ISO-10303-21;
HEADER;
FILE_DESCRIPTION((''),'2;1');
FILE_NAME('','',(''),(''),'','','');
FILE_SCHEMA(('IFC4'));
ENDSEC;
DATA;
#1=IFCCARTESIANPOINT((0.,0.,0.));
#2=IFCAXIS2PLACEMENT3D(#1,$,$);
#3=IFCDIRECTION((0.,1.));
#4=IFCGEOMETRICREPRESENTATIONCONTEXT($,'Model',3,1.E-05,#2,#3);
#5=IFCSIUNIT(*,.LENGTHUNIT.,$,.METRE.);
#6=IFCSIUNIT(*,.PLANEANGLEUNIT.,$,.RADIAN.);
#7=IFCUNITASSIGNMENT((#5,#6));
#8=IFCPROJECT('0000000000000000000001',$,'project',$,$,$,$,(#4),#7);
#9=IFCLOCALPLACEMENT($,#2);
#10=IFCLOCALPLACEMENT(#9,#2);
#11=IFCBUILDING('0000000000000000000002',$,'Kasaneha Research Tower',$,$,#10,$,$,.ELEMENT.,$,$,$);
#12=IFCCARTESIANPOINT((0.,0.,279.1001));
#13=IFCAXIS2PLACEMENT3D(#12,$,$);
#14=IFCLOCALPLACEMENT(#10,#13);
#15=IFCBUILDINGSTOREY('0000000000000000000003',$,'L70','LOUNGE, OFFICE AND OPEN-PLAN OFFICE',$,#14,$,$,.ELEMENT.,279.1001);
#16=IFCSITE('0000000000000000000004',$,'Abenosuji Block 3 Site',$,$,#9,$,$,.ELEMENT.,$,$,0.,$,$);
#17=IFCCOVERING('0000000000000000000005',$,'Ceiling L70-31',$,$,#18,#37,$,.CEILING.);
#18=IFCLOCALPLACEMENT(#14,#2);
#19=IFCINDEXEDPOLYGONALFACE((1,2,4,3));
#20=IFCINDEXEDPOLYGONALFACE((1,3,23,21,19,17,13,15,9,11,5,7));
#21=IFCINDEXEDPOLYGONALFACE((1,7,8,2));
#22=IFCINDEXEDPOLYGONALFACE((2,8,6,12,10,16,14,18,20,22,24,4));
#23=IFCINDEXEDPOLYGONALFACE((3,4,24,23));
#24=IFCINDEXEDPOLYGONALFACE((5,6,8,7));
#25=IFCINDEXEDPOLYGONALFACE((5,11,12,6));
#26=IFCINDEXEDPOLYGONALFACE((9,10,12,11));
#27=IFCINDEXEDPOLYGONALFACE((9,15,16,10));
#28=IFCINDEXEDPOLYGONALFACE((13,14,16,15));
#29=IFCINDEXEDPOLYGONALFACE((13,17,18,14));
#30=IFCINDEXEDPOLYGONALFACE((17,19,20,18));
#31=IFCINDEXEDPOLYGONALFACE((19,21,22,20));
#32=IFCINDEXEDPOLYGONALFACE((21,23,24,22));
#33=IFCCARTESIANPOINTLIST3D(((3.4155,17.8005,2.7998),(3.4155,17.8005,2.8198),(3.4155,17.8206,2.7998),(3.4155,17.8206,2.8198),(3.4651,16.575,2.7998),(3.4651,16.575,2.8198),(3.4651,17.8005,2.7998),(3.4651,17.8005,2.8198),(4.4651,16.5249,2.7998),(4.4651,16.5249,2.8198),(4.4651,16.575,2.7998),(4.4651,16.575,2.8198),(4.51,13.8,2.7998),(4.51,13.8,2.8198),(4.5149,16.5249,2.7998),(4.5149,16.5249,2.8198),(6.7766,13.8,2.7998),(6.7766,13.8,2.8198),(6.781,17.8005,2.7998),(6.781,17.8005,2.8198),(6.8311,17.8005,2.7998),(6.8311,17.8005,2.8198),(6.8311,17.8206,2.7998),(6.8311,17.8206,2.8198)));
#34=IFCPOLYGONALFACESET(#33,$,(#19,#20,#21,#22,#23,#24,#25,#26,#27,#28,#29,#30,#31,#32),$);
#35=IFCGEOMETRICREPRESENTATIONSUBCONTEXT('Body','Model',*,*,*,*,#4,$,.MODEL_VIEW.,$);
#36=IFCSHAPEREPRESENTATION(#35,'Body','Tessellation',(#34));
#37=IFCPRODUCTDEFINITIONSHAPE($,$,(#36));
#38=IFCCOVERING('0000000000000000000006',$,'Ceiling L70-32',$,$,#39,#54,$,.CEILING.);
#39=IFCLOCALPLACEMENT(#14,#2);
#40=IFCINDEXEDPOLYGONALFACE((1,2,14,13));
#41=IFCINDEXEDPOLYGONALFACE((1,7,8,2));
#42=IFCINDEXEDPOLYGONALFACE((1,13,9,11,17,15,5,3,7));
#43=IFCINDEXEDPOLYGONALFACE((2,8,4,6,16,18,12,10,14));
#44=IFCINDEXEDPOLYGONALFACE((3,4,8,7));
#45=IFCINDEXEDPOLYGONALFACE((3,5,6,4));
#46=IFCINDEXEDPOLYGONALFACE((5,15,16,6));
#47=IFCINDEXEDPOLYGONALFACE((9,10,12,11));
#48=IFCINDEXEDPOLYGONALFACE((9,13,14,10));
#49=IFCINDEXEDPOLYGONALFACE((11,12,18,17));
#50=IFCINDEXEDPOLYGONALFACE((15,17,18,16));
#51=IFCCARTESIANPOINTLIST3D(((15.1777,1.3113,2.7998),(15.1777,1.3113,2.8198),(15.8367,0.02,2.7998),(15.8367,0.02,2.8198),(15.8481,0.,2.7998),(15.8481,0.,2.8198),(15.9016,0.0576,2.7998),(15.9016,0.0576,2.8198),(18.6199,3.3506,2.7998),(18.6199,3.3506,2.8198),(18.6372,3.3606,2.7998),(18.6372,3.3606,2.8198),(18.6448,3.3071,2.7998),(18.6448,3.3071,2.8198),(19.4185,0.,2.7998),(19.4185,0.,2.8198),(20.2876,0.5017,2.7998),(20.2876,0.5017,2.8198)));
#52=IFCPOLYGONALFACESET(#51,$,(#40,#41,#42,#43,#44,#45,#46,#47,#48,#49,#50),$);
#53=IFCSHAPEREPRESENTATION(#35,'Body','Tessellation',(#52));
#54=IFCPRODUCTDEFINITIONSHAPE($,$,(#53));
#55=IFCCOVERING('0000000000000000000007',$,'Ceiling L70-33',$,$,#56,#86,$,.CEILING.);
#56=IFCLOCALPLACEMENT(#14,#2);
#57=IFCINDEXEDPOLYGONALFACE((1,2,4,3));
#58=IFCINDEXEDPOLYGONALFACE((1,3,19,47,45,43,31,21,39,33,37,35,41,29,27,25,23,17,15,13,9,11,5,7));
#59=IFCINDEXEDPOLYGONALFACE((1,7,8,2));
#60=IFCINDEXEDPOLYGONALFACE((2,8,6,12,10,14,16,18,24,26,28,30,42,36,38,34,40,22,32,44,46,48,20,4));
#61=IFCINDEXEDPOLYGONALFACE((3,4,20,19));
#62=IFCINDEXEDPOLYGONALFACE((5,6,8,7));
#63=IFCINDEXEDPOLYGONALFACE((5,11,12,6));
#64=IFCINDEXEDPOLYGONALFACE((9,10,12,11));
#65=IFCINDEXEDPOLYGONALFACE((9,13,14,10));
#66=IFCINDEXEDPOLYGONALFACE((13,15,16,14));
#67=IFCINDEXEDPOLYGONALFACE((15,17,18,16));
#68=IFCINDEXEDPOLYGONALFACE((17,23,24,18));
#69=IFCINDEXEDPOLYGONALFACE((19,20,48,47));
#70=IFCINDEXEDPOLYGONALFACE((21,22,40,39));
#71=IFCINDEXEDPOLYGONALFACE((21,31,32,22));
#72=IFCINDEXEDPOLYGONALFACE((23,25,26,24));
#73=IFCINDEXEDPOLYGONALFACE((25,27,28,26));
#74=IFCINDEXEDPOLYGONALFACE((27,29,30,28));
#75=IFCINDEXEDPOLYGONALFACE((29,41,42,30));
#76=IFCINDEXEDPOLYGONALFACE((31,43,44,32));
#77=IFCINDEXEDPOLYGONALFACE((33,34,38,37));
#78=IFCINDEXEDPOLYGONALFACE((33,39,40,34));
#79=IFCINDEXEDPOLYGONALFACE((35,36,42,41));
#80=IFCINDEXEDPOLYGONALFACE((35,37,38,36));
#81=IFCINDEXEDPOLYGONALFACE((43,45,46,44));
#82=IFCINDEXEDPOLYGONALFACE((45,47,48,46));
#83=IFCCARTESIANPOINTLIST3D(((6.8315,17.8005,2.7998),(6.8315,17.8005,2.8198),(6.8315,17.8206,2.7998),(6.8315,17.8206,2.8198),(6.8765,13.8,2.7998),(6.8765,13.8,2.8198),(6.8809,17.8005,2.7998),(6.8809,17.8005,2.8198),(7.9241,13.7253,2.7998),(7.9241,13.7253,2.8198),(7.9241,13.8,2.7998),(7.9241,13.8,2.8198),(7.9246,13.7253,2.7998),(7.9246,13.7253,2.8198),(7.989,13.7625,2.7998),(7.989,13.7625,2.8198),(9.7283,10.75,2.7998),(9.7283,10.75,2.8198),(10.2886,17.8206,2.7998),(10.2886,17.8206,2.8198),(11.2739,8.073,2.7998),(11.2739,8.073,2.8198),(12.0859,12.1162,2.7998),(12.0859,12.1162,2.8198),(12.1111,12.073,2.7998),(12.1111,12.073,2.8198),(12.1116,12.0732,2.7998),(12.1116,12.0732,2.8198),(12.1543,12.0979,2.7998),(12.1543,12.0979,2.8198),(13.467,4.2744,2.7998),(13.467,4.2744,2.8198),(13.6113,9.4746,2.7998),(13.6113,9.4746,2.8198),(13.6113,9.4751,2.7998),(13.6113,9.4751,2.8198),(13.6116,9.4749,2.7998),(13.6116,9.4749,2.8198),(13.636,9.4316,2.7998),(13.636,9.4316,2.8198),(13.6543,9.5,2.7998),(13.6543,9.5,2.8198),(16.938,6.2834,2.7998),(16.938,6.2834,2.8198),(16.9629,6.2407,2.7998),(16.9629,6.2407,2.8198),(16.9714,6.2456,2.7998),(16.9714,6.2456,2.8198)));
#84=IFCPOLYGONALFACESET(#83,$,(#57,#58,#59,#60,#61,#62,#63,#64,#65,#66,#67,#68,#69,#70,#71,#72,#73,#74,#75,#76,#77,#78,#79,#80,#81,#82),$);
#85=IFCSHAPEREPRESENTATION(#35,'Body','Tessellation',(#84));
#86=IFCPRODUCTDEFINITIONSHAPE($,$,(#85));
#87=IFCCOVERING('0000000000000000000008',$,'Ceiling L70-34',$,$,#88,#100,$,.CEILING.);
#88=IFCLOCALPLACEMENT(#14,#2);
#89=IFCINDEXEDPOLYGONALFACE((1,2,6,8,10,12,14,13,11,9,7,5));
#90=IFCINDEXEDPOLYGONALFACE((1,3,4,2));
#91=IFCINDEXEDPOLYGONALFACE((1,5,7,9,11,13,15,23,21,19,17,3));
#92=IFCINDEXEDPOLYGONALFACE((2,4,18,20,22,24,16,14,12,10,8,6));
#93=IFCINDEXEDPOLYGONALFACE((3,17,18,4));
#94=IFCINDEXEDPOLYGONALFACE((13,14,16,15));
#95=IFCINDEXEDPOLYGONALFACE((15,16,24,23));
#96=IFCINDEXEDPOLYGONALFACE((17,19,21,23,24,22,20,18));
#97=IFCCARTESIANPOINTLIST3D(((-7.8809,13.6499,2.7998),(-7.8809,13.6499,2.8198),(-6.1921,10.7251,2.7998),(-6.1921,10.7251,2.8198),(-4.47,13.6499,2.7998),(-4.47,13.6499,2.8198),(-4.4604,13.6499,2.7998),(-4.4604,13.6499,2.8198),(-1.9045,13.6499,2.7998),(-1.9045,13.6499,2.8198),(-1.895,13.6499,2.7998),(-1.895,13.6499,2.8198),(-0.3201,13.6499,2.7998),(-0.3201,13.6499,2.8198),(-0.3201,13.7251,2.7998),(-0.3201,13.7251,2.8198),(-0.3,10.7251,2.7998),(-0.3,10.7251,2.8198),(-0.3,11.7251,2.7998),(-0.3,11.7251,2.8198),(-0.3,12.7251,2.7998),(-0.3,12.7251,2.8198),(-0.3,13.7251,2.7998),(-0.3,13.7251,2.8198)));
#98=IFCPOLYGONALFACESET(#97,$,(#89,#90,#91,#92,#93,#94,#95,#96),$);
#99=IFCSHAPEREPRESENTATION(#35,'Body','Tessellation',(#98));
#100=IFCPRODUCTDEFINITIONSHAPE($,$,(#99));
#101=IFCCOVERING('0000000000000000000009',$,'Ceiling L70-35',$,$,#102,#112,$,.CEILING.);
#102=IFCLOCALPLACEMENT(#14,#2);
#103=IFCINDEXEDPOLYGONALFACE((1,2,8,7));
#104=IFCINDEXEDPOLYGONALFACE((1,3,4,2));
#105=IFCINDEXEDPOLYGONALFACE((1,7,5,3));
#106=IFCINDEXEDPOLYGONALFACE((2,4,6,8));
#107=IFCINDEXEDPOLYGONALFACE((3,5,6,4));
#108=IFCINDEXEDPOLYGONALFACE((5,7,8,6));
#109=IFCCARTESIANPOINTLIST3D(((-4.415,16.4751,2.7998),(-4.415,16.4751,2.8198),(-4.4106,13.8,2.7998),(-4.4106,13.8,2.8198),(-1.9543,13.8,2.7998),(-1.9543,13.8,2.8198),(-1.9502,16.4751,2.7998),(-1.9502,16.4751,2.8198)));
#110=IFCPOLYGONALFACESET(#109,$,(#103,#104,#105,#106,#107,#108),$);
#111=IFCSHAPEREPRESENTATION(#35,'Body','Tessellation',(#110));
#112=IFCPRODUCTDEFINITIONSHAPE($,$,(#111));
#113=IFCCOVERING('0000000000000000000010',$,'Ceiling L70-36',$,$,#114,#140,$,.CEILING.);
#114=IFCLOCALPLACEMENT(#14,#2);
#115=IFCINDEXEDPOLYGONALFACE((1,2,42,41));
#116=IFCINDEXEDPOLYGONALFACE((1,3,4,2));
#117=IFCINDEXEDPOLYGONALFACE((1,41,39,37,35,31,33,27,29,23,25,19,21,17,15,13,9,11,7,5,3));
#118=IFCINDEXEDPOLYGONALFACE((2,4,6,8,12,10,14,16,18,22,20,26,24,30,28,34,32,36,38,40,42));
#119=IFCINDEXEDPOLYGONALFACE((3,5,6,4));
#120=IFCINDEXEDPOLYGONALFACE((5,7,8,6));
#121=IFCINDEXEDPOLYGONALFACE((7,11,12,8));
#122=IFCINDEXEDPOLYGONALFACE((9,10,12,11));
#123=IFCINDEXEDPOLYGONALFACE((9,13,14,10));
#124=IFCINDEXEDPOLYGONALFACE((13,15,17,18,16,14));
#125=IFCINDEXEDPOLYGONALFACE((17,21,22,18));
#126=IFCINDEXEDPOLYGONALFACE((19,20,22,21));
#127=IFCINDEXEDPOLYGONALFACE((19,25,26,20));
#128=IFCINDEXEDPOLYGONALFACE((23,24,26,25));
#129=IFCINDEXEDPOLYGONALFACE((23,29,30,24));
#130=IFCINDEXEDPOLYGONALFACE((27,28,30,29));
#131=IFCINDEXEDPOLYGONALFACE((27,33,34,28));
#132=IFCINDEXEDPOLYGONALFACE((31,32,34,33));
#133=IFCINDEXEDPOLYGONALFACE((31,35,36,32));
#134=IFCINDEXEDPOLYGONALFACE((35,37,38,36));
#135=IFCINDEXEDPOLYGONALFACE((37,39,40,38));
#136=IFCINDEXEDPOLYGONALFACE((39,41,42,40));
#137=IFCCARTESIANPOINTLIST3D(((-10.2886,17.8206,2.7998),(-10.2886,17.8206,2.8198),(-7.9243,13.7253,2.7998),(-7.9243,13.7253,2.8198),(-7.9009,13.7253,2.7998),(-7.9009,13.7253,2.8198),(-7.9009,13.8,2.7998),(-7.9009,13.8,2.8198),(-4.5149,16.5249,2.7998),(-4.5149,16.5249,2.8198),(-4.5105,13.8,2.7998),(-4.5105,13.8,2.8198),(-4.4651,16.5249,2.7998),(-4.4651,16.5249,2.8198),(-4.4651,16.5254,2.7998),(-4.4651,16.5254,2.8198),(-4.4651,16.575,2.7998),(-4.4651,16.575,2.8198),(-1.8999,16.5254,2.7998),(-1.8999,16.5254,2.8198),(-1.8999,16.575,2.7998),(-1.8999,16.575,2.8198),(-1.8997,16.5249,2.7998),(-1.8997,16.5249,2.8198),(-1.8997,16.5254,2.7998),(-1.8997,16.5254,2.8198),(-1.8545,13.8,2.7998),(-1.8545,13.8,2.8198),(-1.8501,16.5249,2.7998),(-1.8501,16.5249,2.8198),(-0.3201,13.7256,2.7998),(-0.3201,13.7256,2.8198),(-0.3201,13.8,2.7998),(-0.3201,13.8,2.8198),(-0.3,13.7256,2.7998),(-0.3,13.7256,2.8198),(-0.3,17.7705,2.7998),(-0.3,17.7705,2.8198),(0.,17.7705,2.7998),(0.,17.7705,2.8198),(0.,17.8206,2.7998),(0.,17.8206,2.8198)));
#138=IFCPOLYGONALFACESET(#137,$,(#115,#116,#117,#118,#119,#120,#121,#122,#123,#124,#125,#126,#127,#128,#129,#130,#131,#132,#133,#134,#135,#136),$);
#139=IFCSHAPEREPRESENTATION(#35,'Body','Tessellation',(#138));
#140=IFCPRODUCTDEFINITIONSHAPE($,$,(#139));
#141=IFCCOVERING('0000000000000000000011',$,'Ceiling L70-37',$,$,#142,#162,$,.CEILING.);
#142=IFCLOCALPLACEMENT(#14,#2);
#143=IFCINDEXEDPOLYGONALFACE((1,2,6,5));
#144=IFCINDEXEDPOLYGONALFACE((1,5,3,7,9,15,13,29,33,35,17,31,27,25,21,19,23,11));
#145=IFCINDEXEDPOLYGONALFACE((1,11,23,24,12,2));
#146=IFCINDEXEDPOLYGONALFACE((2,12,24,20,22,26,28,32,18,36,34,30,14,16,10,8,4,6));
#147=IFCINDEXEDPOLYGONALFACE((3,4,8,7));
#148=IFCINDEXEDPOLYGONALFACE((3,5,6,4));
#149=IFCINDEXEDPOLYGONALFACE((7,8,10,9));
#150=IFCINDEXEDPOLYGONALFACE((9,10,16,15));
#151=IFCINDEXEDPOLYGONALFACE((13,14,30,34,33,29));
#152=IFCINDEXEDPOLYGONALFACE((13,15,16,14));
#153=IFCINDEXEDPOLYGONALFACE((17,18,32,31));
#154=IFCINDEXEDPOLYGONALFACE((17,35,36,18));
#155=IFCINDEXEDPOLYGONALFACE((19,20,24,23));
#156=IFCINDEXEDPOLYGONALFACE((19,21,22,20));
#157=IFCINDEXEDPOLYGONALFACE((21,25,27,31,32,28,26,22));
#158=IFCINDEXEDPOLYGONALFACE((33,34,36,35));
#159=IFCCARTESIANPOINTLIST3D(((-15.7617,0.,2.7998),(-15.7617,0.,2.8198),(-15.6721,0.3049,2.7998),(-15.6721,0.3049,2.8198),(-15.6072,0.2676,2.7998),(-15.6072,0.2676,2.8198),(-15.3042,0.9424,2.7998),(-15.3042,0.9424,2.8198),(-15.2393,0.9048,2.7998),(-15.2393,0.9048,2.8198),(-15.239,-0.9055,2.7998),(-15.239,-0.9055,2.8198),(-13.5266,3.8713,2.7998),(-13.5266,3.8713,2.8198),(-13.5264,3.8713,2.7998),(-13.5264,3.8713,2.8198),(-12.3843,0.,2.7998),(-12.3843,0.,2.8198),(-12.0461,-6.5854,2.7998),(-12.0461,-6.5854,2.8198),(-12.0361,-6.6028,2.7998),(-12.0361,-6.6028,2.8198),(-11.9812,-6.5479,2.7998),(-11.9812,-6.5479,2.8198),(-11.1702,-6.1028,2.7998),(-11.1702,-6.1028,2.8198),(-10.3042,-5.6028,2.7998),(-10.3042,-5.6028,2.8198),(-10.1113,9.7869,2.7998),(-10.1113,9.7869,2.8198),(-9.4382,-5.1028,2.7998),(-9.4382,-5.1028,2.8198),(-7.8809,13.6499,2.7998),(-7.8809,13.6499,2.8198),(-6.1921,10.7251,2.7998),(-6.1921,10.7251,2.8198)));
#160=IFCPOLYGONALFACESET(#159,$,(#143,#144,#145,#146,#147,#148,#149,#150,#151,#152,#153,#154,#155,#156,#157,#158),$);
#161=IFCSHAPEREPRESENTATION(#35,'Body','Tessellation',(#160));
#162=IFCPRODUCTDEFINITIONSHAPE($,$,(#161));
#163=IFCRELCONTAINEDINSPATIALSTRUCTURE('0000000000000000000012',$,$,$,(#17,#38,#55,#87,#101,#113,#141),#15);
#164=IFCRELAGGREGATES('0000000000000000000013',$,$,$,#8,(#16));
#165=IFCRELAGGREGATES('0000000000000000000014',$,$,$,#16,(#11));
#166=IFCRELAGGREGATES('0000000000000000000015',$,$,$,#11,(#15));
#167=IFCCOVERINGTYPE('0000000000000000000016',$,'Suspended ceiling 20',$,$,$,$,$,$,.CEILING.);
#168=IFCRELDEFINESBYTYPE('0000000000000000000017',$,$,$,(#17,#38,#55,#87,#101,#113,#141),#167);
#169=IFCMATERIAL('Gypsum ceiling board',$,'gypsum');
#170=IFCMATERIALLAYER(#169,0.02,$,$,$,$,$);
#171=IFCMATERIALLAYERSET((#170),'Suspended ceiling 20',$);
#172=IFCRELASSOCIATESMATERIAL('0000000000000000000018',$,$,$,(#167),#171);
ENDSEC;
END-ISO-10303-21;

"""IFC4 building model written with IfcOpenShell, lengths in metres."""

from ifc_helpers import new_model, si_unit, direction, frame, origin, place, context, subcontext, project, spatial, polyline, outline, extrude, material, layer, layer_set, type_object, element, save


model = new_model("IFC4")

# Units and contexts
model_context = context("Model", 3, precision=1e-05, world=origin(), true_north=direction((0.0, 1.0)))
body_context = subcontext(model_context, "Body", "Model", "MODEL_VIEW")
ifc_project = project(units=[si_unit("LENGTHUNIT", "METRE"), si_unit("PLANEANGLEUNIT", "RADIAN")], contexts=[model_context])

# Site, building, storey
site_placement = place(None, origin())
site = spatial("IfcSite", under=ifc_project, at=site_placement, Name="Abenosuji Block 3 Site", CompositionType="ELEMENT", RefElevation=0.0)
building_placement = place(site_placement, origin())
building = spatial("IfcBuilding", under=site, at=building_placement, Name="Kasaneha Research Tower", CompositionType="ELEMENT")
storey_placement = place(building_placement, frame((0.0, 0.0, 279.1001)))
storey = spatial("IfcBuildingStorey", under=building, at=storey_placement, Name="L70", Description="LOUNGE, OFFICE AND OPEN-PLAN OFFICE", CompositionType="ELEMENT", Elevation=279.1001)

# Coverings
ifc_material_1 = material(Name="Gypsum ceiling board", Category="gypsum")
ifc_layer_1 = layer(ifc_material_1, 0.02)
ifc_layer_set_1 = layer_set([ifc_layer_1], Name="Suspended ceiling 20")
covering_type_1 = type_object("IfcCoveringType", Name="Suspended ceiling 20", PredefinedType="CEILING", material=ifc_layer_set_1)
covering_1_placement = place(storey_placement, frame((0.0, 0.0, 2.7998)))
element("IfcCovering", 1, at=covering_1_placement, inside=storey, type_object=covering_type_1, Name="Ceiling L70-31", PredefinedType="CEILING", context=body_context, shape_type="SweptSolid", body=[
    extrude(outline(polyline([(6.8311, 17.8005), (6.781, 17.8005), (6.7766, 13.8), (4.51, 13.8), (4.5149, 16.5249), (4.4651, 16.5249), (4.4651, 16.575), (3.4651, 16.575), (3.4651, 17.8005), (3.4155, 17.8005), (3.4155, 17.8206), (6.8311, 17.8206), (6.8311, 17.8005)])), origin(), (0.0, 0.0, 1.0), 0.02),
])
covering_2_placement = place(storey_placement, frame((0.0, 0.0, 2.7998)))
element("IfcCovering", 2, at=covering_2_placement, inside=storey, type_object=covering_type_1, Name="Ceiling L70-32", PredefinedType="CEILING", context=body_context, shape_type="SweptSolid", body=[
    extrude(outline(polyline([(20.2876, 0.5017), (19.4185, 0.0), (15.8481, 0.0), (15.8367, 0.02), (15.9016, 0.0576), (15.1777, 1.3113), (18.6448, 3.3071), (18.6199, 3.3506), (18.6372, 3.3606), (20.2876, 0.5017)])), origin(), (0.0, 0.0, 1.0), 0.02),
])
covering_3_placement = place(storey_placement, frame((0.0, 0.0, 2.7998)))
element("IfcCovering", 3, at=covering_3_placement, inside=storey, type_object=covering_type_1, Name="Ceiling L70-33", PredefinedType="CEILING", context=body_context, shape_type="SweptSolid", body=[
    extrude(outline(polyline([(16.9629, 6.2407), (16.938, 6.2834), (13.467, 4.2744), (11.2739, 8.073), (13.636, 9.4316), (13.6113, 9.4746), (13.6116, 9.4749), (13.6113, 9.4751), (13.6543, 9.5), (12.1543, 12.0979), (12.1116, 12.0732), (12.1116, 12.0732), (12.1111, 12.073), (12.0859, 12.1162), (9.7283, 10.75), (7.989, 13.7625), (7.9246, 13.7253), (7.9246, 13.7253), (7.9241, 13.7253), (7.9241, 13.8), (6.8765, 13.8), (6.8809, 17.8005), (6.8315, 17.8005), (6.8315, 17.8206), (10.2886, 17.8206), (16.9714, 6.2456), (16.9629, 6.2407)])), origin(), (0.0, 0.0, 1.0), 0.02),
])
covering_4_placement = place(storey_placement, frame((0.0, 0.0, 2.7998)))
element("IfcCovering", 4, at=covering_4_placement, inside=storey, type_object=covering_type_1, Name="Ceiling L70-34", PredefinedType="CEILING", context=body_context, shape_type="SweptSolid", body=[
    extrude(outline(polyline([(-0.3, 11.7251), (-0.3, 10.7251), (-6.1921, 10.7251), (-7.8809, 13.6499), (-4.47, 13.6499), (-4.4604, 13.6499), (-1.9045, 13.6499), (-1.895, 13.6499), (-0.3201, 13.6499), (-0.3201, 13.7251), (-0.3, 13.7251), (-0.3, 12.7251), (-0.3, 11.7251)])), origin(), (0.0, 0.0, 1.0), 0.02),
])
covering_5_placement = place(storey_placement, frame((0.0, 0.0, 2.7998)))
element("IfcCovering", 5, at=covering_5_placement, inside=storey, type_object=covering_type_1, Name="Ceiling L70-35", PredefinedType="CEILING", context=body_context, shape_type="SweptSolid", body=[
    extrude(outline(polyline([(-1.9502, 16.4751), (-1.9543, 13.8), (-4.4106, 13.8), (-4.415, 16.4751), (-1.9502, 16.4751)])), origin(), (0.0, 0.0, 1.0), 0.02),
])
covering_6_placement = place(storey_placement, frame((0.0, 0.0, 2.7998)))
element("IfcCovering", 6, at=covering_6_placement, inside=storey, type_object=covering_type_1, Name="Ceiling L70-36", PredefinedType="CEILING", context=body_context, shape_type="SweptSolid", body=[
    extrude(outline(polyline([(-0.3201, 13.7256), (-0.3201, 13.8), (-1.8545, 13.8), (-1.8501, 16.5249), (-1.8997, 16.5249), (-1.8997, 16.5254), (-1.8999, 16.5254), (-1.8999, 16.575), (-4.4651, 16.575), (-4.4651, 16.5254), (-4.4651, 16.5249), (-4.5149, 16.5249), (-4.5105, 13.8), (-7.9009, 13.8), (-7.9009, 13.7253), (-7.9243, 13.7253), (-10.2886, 17.8206), (0.0, 17.8206), (0.0, 17.7705), (-0.3, 17.7705), (-0.3, 17.7705), (-0.3, 13.7256), (-0.3201, 13.7256)])), origin(), (0.0, 0.0, 1.0), 0.02),
])
covering_7_placement = place(storey_placement, frame((0.0, 0.0, 2.7998)))
element("IfcCovering", 7, at=covering_7_placement, inside=storey, type_object=covering_type_1, Name="Ceiling L70-37", PredefinedType="CEILING", context=body_context, shape_type="SweptSolid", body=[
    extrude(outline(polyline([(-12.3843, 0.0), (-9.4382, -5.1028), (-10.3042, -5.6028), (-10.3042, -5.6028), (-11.1702, -6.1028), (-11.1702, -6.1028), (-12.0361, -6.6028), (-12.0461, -6.5854), (-11.9812, -6.5479), (-15.239, -0.9055), (-15.239, -0.9055), (-15.7617, 0.0), (-15.6072, 0.2676), (-15.6721, 0.3049), (-15.3042, 0.9424), (-15.2393, 0.9048), (-13.5264, 3.8713), (-13.5266, 3.8713), (-10.1113, 9.7869), (-10.1113, 9.7869), (-7.8809, 13.6499), (-7.8809, 13.6499), (-6.1921, 10.7251), (-12.3843, 0.0)])), origin(), (0.0, 0.0, 1.0), 0.02),
])

save(model, "model.ifc")
